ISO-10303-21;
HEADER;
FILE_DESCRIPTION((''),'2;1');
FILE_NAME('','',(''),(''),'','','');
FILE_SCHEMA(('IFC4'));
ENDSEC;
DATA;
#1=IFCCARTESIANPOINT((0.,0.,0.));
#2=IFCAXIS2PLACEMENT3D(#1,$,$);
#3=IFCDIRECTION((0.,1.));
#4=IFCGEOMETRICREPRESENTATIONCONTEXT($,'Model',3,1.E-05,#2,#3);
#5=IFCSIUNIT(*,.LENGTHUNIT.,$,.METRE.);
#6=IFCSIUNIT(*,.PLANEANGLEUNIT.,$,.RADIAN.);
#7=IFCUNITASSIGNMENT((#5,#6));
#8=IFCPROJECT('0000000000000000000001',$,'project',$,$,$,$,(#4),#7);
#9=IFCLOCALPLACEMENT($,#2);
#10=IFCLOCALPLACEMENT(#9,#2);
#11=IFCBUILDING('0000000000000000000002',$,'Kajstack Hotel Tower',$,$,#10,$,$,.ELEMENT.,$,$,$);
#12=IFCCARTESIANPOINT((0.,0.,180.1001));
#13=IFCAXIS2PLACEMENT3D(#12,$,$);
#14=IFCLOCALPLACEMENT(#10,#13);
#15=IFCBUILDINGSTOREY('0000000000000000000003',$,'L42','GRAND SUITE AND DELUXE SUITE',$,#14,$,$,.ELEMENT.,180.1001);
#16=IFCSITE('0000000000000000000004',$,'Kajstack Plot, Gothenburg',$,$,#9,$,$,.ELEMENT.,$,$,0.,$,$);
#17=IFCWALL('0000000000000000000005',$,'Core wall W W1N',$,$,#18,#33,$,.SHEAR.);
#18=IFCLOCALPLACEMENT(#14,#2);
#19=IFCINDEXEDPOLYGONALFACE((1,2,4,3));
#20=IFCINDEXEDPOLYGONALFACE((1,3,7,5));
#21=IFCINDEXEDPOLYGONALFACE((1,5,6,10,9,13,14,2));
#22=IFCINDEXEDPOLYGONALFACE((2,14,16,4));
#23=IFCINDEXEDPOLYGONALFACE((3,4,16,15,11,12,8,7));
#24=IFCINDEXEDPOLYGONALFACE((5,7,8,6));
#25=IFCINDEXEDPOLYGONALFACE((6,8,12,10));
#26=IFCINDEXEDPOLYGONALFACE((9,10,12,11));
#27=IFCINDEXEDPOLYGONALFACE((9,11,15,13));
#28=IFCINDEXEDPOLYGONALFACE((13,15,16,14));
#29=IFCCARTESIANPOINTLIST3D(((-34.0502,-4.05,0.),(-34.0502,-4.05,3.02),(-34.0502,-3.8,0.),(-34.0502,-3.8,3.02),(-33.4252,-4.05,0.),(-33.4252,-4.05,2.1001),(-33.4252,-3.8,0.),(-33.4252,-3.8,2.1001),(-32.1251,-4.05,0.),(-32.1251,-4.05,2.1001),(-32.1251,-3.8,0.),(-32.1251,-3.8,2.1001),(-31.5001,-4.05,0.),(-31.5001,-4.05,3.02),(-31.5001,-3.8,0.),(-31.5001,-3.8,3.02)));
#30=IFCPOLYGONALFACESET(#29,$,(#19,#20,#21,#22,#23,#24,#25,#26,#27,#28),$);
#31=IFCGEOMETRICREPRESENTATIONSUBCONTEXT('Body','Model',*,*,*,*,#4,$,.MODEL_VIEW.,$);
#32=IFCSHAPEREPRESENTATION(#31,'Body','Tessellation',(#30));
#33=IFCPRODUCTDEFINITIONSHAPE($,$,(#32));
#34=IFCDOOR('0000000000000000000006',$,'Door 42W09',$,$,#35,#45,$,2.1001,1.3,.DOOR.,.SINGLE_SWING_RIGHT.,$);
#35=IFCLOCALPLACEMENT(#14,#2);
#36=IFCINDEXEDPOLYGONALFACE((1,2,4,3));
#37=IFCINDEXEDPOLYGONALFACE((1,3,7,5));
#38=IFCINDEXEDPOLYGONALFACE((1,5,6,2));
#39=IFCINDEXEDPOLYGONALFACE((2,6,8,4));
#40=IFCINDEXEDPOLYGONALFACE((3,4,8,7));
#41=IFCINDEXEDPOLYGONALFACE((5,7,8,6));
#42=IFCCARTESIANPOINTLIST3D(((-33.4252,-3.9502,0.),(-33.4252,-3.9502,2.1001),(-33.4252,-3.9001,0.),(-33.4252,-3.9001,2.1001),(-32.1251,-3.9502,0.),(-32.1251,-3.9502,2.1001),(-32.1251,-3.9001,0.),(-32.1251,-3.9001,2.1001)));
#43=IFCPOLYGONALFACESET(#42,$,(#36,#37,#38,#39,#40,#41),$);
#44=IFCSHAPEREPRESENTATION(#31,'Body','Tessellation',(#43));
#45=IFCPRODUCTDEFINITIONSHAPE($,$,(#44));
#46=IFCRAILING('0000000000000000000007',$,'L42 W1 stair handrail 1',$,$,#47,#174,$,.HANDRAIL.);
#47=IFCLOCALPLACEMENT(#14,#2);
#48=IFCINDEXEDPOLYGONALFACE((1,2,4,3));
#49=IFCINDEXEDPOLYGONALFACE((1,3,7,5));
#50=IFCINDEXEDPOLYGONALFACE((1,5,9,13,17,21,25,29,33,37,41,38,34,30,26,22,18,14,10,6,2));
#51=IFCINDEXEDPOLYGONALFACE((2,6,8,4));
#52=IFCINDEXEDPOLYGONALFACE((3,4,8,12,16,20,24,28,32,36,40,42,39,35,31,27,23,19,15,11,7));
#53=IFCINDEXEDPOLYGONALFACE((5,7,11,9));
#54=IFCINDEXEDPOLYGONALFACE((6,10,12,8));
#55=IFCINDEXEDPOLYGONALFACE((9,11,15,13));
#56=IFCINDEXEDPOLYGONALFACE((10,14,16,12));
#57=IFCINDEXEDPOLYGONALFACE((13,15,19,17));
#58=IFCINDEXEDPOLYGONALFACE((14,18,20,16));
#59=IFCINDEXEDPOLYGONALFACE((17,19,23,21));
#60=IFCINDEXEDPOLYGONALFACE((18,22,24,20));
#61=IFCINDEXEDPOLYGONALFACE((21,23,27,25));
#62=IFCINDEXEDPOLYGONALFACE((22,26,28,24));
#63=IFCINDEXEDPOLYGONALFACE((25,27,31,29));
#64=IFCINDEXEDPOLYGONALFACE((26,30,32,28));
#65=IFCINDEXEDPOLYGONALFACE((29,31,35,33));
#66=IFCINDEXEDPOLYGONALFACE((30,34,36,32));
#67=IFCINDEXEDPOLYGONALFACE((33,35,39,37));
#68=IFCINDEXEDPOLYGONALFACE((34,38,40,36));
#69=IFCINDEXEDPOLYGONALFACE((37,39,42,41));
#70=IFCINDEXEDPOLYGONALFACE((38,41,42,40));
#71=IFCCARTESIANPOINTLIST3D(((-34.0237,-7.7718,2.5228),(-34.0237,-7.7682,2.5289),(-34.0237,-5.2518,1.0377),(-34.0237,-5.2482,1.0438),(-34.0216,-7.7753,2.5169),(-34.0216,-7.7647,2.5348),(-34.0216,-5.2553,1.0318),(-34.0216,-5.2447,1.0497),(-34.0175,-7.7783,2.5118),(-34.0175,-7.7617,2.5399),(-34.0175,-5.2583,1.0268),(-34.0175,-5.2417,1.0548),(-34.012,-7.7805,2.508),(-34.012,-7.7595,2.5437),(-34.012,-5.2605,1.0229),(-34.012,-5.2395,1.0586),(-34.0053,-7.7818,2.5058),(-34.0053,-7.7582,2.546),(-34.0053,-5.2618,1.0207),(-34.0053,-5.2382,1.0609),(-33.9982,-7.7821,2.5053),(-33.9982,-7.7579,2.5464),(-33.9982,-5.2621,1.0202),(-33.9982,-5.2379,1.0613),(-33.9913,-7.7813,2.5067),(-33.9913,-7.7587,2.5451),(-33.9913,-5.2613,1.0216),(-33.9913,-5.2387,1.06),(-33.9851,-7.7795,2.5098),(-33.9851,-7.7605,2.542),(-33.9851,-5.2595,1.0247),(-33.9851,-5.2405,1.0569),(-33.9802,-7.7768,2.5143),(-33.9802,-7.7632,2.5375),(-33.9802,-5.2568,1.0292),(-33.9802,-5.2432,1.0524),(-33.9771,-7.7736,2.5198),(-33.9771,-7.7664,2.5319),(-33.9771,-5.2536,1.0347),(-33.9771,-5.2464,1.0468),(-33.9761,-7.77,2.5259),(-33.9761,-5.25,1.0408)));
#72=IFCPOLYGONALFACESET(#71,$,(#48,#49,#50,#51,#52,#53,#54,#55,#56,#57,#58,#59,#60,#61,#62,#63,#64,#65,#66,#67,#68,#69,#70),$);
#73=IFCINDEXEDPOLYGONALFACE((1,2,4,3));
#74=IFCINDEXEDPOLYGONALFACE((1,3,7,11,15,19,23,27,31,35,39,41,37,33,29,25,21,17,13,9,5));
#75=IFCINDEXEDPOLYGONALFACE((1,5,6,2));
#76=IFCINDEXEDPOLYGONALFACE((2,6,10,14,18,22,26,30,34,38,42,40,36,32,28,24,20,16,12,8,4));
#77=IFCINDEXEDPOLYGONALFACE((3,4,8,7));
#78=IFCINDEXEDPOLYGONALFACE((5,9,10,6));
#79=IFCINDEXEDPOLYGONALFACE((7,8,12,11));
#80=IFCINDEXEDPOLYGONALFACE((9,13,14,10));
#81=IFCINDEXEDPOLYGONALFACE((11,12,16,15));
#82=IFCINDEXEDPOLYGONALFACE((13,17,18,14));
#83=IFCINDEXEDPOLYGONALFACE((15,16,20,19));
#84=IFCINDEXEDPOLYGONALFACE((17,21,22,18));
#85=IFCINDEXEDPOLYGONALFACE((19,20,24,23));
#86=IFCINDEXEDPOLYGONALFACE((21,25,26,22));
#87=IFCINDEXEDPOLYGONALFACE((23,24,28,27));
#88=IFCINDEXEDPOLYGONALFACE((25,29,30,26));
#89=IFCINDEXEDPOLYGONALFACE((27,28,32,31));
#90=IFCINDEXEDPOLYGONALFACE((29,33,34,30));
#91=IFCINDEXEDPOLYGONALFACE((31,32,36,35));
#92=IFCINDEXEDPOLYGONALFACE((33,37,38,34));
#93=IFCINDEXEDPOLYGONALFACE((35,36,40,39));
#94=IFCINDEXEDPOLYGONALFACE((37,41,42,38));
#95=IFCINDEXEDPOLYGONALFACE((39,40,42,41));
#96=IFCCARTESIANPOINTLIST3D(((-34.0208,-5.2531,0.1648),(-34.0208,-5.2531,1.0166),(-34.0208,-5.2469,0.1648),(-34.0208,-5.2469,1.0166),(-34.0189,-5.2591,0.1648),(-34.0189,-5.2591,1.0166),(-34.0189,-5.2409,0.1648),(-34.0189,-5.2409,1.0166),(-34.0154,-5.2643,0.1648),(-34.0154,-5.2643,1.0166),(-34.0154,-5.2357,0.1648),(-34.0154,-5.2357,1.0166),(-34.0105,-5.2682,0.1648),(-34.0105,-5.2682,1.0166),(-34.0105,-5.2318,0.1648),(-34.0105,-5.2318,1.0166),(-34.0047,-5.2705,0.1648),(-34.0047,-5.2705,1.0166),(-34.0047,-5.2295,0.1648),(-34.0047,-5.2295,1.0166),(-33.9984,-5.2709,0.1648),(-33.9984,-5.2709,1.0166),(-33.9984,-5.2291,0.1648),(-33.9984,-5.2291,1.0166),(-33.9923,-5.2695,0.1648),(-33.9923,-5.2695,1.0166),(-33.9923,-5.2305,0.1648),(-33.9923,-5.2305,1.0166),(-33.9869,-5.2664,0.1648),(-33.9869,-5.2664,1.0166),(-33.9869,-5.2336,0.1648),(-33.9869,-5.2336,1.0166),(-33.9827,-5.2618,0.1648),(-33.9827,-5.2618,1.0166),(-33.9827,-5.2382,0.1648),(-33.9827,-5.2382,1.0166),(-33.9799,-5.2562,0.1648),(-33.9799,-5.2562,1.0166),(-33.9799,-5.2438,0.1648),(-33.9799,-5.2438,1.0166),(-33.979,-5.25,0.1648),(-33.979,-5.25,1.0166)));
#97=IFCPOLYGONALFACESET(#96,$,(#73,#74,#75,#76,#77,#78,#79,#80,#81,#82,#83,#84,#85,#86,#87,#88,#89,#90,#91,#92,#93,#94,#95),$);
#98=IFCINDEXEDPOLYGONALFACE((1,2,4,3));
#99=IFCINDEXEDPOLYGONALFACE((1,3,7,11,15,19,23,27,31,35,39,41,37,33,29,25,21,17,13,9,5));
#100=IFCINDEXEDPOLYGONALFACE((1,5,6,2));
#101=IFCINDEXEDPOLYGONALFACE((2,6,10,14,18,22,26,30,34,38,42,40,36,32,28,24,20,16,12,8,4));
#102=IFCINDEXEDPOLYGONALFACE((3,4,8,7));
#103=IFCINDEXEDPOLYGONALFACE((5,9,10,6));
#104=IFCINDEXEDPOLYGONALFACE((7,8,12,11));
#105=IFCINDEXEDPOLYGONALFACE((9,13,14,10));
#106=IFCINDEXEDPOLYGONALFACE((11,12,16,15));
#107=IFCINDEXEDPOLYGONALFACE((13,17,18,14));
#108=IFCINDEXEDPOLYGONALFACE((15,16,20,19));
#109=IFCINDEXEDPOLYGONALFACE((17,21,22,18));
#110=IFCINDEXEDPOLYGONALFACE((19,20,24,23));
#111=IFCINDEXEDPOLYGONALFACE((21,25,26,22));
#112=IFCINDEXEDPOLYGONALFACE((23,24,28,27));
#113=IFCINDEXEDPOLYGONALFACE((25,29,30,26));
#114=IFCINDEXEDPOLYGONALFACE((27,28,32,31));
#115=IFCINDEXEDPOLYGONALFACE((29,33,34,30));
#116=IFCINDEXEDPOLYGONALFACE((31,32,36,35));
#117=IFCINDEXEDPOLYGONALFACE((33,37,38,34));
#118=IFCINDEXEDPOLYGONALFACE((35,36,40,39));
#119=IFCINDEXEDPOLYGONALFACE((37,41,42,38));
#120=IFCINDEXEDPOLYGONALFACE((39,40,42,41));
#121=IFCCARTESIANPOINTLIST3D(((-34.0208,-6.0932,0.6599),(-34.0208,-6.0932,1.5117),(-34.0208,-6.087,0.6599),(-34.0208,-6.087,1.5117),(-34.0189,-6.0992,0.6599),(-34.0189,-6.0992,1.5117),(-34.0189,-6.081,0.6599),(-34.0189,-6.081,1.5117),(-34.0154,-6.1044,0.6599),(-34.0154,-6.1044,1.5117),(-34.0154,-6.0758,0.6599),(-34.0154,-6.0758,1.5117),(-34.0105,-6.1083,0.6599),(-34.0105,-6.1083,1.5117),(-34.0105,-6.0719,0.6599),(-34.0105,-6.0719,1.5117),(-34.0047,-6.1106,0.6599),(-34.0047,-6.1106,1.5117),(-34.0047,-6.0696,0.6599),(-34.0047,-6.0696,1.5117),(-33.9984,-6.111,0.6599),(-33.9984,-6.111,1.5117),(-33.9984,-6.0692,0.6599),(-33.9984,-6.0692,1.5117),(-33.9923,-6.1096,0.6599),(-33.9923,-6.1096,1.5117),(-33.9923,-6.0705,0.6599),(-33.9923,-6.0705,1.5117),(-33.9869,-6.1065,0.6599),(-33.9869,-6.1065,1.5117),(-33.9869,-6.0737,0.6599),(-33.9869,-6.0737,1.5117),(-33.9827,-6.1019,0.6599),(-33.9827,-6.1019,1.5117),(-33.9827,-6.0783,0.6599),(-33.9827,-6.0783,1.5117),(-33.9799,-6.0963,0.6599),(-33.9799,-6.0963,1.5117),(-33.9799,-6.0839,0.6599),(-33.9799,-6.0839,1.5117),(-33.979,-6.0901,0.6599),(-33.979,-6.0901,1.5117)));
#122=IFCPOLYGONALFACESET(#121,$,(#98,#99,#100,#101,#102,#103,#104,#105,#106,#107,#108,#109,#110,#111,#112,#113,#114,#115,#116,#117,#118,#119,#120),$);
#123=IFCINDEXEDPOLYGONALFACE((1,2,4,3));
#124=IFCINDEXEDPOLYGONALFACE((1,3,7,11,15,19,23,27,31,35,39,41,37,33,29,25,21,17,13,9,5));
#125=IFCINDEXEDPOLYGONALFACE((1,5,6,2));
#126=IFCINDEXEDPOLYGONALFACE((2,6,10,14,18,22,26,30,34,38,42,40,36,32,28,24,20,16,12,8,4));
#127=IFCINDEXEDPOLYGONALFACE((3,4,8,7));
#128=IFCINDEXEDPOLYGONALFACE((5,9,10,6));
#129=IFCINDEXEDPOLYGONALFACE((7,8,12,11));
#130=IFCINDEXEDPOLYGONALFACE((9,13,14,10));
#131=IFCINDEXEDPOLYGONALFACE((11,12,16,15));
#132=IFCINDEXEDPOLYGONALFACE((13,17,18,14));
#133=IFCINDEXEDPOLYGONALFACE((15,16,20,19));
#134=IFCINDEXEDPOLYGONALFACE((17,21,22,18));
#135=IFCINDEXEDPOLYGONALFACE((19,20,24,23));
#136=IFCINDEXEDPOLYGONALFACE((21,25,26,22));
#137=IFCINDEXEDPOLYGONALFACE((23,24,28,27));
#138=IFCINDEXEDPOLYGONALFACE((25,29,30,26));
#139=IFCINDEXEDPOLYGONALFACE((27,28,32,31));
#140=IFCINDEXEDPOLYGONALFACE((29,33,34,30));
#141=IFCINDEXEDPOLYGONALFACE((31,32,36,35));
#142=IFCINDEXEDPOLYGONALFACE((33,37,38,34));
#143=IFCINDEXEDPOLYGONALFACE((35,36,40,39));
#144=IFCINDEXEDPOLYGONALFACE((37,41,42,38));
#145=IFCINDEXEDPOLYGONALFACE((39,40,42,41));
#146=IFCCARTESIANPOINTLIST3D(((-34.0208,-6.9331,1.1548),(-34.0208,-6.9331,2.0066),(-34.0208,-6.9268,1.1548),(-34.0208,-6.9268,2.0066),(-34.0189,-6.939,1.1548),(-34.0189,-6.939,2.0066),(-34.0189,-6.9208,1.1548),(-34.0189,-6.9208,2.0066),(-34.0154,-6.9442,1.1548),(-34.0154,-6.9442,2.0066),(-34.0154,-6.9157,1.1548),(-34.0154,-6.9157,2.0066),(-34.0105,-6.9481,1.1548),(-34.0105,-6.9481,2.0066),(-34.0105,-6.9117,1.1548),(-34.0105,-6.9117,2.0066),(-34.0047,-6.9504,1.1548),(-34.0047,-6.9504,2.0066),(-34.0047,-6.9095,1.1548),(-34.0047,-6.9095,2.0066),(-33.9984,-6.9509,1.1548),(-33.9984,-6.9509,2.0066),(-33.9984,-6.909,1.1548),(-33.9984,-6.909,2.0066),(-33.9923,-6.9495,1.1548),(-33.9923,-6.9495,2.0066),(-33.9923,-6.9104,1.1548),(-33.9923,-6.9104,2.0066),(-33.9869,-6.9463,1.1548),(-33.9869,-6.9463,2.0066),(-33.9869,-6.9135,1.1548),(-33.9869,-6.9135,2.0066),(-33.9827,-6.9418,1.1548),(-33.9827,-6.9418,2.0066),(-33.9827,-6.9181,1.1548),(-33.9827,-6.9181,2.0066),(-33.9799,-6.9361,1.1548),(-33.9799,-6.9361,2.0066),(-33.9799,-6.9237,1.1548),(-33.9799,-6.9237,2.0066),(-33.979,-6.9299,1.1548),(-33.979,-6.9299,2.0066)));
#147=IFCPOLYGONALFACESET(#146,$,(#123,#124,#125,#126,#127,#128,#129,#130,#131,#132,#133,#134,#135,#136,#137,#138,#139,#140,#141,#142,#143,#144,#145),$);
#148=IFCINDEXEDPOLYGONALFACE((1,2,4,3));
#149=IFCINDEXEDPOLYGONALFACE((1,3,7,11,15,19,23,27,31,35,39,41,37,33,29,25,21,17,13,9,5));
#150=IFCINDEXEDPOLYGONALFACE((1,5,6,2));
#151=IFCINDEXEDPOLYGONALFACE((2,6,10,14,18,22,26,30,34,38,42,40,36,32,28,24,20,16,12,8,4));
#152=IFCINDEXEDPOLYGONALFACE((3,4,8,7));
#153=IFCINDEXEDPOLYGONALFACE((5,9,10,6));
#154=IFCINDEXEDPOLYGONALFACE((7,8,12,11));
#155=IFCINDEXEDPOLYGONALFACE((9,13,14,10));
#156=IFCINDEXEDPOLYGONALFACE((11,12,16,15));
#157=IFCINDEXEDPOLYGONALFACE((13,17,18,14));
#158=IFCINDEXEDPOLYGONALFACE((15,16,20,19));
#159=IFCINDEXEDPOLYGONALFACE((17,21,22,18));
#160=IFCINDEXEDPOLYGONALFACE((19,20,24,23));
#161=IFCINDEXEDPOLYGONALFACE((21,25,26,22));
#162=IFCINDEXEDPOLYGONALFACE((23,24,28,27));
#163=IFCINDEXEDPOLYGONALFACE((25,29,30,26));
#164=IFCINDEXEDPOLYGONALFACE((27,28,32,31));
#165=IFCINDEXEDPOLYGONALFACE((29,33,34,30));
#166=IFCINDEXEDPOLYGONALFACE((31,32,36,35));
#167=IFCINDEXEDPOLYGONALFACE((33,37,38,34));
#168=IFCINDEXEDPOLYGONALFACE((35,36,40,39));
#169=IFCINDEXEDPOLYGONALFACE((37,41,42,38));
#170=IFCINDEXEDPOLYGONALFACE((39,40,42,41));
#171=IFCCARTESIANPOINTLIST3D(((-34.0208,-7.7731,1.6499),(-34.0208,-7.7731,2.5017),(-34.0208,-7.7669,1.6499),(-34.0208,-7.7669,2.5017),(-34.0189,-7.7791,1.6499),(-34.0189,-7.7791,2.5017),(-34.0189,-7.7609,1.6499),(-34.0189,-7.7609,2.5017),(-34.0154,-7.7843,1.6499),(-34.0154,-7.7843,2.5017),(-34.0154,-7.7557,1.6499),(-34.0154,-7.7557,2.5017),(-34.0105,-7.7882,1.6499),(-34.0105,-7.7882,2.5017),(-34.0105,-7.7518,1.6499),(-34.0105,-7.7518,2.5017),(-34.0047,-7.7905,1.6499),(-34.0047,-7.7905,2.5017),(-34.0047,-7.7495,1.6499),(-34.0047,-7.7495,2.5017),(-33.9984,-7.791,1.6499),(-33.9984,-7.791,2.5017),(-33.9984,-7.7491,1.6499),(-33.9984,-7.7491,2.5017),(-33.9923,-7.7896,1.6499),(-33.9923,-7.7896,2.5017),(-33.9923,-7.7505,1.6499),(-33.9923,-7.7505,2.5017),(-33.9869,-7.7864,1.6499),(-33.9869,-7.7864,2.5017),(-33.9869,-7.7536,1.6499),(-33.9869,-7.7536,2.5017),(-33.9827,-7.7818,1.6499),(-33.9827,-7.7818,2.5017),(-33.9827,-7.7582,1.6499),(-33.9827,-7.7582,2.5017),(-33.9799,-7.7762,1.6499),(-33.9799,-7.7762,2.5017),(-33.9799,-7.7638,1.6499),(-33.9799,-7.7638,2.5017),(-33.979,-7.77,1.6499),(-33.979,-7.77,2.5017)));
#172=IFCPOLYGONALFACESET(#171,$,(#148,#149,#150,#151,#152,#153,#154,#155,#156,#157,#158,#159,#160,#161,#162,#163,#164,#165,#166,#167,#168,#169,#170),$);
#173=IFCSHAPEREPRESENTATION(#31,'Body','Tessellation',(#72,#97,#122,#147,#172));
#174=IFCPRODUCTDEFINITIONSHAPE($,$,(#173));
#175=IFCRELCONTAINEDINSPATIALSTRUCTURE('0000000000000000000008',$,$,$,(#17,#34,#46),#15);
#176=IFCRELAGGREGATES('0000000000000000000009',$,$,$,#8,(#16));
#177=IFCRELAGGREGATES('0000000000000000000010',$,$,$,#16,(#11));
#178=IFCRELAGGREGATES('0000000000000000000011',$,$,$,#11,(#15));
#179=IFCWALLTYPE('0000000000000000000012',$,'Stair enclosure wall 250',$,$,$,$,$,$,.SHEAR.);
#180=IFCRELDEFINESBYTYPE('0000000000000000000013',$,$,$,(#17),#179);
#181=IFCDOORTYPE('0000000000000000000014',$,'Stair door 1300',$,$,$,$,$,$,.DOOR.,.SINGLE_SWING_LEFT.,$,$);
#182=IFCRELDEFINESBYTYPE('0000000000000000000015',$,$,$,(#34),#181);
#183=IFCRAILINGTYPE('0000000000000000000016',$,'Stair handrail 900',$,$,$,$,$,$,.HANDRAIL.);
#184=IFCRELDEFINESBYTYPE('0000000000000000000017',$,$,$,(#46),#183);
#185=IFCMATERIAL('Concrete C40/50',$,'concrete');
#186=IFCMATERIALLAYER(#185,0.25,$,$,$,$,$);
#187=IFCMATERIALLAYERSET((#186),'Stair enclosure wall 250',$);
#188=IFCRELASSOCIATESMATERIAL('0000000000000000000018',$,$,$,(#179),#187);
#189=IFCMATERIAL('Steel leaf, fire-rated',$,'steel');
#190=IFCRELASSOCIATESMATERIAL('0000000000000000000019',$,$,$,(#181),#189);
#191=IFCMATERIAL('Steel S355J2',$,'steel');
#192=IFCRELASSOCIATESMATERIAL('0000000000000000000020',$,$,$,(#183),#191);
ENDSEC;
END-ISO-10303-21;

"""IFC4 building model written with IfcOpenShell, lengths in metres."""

from ifc_helpers import new_model, si_unit, direction, frame, frame_2d, origin, origin_2d, place, context, subcontext, project, spatial, rectangle, circle, extrude, material, layer, layer_set, type_object, element, fill, save


model = new_model("IFC4")

# Units and contexts
model_context = context("Model", 3, precision=1e-05, world=origin(), true_north=direction((0.0, 1.0)))
body_context = subcontext(model_context, "Body", "Model", "MODEL_VIEW")
ifc_project = project(units=[si_unit("LENGTHUNIT", "METRE"), si_unit("PLANEANGLEUNIT", "RADIAN")], contexts=[model_context])

# Site, building, storey
site_placement = place(None, origin())
site = spatial("IfcSite", under=ifc_project, at=site_placement, Name="Kajstack Plot, Gothenburg", CompositionType="ELEMENT", RefElevation=0.0)
building_placement = place(site_placement, origin())
building = spatial("IfcBuilding", under=site, at=building_placement, Name="Kajstack Hotel Tower", CompositionType="ELEMENT")
storey_placement = place(building_placement, frame((0.0, 0.0, 180.1001)))
storey = spatial("IfcBuildingStorey", under=building, at=storey_placement, Name="L42", Description="GRAND SUITE AND DELUXE SUITE", CompositionType="ELEMENT", Elevation=180.1001)

# Shared definitions
ifc_material_1 = material(Name="Steel leaf, fire-rated", Category="steel")

# Wall, opening, door
ifc_material_2 = material(Name="Concrete C40/50", Category="concrete")
ifc_layer_1 = layer(ifc_material_2, 0.25)
ifc_layer_set_1 = layer_set([ifc_layer_1], Name="Stair enclosure wall 250")
wall_type_1 = type_object("IfcWallType", Name="Stair enclosure wall 250", PredefinedType="SHEAR", material=ifc_layer_set_1)
wall_1_placement = place(storey_placement, frame((-34.05, -3.925, 0.0), z_axis=(0.0, 0.0, 1.0), x_axis=(1.0, 0.0, 0.0)))
wall_1 = element("IfcWall", 1, at=wall_1_placement, inside=storey, type_object=wall_type_1, Name="Core wall W W1N", PredefinedType="SHEAR", context=body_context, shape_type="SweptSolid", body=[
    extrude(rectangle(XDim=2.55, YDim=0.25, at=frame_2d((1.2749, 0.0))), origin(), (0.0, 0.0, 1.0), 3.02),
])
opening_1_placement = place(wall_1_placement, frame((0.625, 0.0, 0.0)))
opening_1 = element("IfcOpeningElement", 2, at=opening_1_placement, cuts=wall_1, PredefinedType="OPENING", context=body_context, shape_type="SweptSolid", body=[
    extrude(rectangle(XDim=1.3, YDim=2.1001, at=frame_2d((0.6499, 1.05))), frame((0.0, 0.135, 0.0), z_axis=(0.0, -1.0, 0.0), x_axis=(1.0, 0.0, 0.0)), (0.0, 0.0, 1.0), 0.27),
])
door_type_1 = type_object("IfcDoorType", Name="Stair door 1300", OperationType="SINGLE_SWING_LEFT", PredefinedType="DOOR", material=ifc_material_1)
door_1_placement = place(opening_1_placement, origin())
door_1 = element("IfcDoor", 3, at=door_1_placement, inside=storey, type_object=door_type_1, Name="Door 42W09", OperationType="SINGLE_SWING_RIGHT", OverallHeight=2.1001, OverallWidth=1.3, PredefinedType="DOOR", context=body_context, shape_type="SweptSolid", body=[
    extrude(rectangle(XDim=1.3, YDim=2.1001, at=frame_2d((0.6499, 1.05))), frame((0.0, 0.0249, 0.0), z_axis=(0.0, -1.0, 0.0), x_axis=(1.0, 0.0, 0.0)), (0.0, 0.0, 1.0), 0.05),
])
fill(opening_1, door_1)

# Railing
ifc_material_3 = material(Name="Steel S355J2", Category="steel")
railing_type_1 = type_object("IfcRailingType", Name="Stair handrail 900", PredefinedType="HANDRAIL", material=ifc_material_3)
railing_1_placement = place(storey_placement, frame((-34.0, -5.25, 0.1648)))
element("IfcRailing", 4, at=railing_1_placement, inside=storey, type_object=railing_type_1, Name="L42 W1 stair handrail 1", PredefinedType="HANDRAIL", context=body_context, shape_type="SweptSolid", body=[
    extrude(circle(Radius=0.0239, at=origin_2d()), frame((0.0, 0.0, 0.876), z_axis=(0.0, -0.861524, 0.507717), x_axis=(1.0, 0.0, 0.0)), (0.0, 0.0, 1.0), 2.925),
    extrude(circle(Radius=0.021, at=origin_2d()), origin(), (0.0, 0.0, 1.0), 0.8518),
    extrude(circle(Radius=0.021, at=origin_2d()), frame((0.0, -0.8401, 0.4951)), (0.0, 0.0, 1.0), 0.8518),
    extrude(circle(Radius=0.021, at=origin_2d()), frame((0.0, -1.6799, 0.99)), (0.0, 0.0, 1.0), 0.8518),
    extrude(circle(Radius=0.021, at=origin_2d()), frame((0.0, -2.52, 1.4851)), (0.0, 0.0, 1.0), 0.8518),
])

save(model, "model.ifc")
